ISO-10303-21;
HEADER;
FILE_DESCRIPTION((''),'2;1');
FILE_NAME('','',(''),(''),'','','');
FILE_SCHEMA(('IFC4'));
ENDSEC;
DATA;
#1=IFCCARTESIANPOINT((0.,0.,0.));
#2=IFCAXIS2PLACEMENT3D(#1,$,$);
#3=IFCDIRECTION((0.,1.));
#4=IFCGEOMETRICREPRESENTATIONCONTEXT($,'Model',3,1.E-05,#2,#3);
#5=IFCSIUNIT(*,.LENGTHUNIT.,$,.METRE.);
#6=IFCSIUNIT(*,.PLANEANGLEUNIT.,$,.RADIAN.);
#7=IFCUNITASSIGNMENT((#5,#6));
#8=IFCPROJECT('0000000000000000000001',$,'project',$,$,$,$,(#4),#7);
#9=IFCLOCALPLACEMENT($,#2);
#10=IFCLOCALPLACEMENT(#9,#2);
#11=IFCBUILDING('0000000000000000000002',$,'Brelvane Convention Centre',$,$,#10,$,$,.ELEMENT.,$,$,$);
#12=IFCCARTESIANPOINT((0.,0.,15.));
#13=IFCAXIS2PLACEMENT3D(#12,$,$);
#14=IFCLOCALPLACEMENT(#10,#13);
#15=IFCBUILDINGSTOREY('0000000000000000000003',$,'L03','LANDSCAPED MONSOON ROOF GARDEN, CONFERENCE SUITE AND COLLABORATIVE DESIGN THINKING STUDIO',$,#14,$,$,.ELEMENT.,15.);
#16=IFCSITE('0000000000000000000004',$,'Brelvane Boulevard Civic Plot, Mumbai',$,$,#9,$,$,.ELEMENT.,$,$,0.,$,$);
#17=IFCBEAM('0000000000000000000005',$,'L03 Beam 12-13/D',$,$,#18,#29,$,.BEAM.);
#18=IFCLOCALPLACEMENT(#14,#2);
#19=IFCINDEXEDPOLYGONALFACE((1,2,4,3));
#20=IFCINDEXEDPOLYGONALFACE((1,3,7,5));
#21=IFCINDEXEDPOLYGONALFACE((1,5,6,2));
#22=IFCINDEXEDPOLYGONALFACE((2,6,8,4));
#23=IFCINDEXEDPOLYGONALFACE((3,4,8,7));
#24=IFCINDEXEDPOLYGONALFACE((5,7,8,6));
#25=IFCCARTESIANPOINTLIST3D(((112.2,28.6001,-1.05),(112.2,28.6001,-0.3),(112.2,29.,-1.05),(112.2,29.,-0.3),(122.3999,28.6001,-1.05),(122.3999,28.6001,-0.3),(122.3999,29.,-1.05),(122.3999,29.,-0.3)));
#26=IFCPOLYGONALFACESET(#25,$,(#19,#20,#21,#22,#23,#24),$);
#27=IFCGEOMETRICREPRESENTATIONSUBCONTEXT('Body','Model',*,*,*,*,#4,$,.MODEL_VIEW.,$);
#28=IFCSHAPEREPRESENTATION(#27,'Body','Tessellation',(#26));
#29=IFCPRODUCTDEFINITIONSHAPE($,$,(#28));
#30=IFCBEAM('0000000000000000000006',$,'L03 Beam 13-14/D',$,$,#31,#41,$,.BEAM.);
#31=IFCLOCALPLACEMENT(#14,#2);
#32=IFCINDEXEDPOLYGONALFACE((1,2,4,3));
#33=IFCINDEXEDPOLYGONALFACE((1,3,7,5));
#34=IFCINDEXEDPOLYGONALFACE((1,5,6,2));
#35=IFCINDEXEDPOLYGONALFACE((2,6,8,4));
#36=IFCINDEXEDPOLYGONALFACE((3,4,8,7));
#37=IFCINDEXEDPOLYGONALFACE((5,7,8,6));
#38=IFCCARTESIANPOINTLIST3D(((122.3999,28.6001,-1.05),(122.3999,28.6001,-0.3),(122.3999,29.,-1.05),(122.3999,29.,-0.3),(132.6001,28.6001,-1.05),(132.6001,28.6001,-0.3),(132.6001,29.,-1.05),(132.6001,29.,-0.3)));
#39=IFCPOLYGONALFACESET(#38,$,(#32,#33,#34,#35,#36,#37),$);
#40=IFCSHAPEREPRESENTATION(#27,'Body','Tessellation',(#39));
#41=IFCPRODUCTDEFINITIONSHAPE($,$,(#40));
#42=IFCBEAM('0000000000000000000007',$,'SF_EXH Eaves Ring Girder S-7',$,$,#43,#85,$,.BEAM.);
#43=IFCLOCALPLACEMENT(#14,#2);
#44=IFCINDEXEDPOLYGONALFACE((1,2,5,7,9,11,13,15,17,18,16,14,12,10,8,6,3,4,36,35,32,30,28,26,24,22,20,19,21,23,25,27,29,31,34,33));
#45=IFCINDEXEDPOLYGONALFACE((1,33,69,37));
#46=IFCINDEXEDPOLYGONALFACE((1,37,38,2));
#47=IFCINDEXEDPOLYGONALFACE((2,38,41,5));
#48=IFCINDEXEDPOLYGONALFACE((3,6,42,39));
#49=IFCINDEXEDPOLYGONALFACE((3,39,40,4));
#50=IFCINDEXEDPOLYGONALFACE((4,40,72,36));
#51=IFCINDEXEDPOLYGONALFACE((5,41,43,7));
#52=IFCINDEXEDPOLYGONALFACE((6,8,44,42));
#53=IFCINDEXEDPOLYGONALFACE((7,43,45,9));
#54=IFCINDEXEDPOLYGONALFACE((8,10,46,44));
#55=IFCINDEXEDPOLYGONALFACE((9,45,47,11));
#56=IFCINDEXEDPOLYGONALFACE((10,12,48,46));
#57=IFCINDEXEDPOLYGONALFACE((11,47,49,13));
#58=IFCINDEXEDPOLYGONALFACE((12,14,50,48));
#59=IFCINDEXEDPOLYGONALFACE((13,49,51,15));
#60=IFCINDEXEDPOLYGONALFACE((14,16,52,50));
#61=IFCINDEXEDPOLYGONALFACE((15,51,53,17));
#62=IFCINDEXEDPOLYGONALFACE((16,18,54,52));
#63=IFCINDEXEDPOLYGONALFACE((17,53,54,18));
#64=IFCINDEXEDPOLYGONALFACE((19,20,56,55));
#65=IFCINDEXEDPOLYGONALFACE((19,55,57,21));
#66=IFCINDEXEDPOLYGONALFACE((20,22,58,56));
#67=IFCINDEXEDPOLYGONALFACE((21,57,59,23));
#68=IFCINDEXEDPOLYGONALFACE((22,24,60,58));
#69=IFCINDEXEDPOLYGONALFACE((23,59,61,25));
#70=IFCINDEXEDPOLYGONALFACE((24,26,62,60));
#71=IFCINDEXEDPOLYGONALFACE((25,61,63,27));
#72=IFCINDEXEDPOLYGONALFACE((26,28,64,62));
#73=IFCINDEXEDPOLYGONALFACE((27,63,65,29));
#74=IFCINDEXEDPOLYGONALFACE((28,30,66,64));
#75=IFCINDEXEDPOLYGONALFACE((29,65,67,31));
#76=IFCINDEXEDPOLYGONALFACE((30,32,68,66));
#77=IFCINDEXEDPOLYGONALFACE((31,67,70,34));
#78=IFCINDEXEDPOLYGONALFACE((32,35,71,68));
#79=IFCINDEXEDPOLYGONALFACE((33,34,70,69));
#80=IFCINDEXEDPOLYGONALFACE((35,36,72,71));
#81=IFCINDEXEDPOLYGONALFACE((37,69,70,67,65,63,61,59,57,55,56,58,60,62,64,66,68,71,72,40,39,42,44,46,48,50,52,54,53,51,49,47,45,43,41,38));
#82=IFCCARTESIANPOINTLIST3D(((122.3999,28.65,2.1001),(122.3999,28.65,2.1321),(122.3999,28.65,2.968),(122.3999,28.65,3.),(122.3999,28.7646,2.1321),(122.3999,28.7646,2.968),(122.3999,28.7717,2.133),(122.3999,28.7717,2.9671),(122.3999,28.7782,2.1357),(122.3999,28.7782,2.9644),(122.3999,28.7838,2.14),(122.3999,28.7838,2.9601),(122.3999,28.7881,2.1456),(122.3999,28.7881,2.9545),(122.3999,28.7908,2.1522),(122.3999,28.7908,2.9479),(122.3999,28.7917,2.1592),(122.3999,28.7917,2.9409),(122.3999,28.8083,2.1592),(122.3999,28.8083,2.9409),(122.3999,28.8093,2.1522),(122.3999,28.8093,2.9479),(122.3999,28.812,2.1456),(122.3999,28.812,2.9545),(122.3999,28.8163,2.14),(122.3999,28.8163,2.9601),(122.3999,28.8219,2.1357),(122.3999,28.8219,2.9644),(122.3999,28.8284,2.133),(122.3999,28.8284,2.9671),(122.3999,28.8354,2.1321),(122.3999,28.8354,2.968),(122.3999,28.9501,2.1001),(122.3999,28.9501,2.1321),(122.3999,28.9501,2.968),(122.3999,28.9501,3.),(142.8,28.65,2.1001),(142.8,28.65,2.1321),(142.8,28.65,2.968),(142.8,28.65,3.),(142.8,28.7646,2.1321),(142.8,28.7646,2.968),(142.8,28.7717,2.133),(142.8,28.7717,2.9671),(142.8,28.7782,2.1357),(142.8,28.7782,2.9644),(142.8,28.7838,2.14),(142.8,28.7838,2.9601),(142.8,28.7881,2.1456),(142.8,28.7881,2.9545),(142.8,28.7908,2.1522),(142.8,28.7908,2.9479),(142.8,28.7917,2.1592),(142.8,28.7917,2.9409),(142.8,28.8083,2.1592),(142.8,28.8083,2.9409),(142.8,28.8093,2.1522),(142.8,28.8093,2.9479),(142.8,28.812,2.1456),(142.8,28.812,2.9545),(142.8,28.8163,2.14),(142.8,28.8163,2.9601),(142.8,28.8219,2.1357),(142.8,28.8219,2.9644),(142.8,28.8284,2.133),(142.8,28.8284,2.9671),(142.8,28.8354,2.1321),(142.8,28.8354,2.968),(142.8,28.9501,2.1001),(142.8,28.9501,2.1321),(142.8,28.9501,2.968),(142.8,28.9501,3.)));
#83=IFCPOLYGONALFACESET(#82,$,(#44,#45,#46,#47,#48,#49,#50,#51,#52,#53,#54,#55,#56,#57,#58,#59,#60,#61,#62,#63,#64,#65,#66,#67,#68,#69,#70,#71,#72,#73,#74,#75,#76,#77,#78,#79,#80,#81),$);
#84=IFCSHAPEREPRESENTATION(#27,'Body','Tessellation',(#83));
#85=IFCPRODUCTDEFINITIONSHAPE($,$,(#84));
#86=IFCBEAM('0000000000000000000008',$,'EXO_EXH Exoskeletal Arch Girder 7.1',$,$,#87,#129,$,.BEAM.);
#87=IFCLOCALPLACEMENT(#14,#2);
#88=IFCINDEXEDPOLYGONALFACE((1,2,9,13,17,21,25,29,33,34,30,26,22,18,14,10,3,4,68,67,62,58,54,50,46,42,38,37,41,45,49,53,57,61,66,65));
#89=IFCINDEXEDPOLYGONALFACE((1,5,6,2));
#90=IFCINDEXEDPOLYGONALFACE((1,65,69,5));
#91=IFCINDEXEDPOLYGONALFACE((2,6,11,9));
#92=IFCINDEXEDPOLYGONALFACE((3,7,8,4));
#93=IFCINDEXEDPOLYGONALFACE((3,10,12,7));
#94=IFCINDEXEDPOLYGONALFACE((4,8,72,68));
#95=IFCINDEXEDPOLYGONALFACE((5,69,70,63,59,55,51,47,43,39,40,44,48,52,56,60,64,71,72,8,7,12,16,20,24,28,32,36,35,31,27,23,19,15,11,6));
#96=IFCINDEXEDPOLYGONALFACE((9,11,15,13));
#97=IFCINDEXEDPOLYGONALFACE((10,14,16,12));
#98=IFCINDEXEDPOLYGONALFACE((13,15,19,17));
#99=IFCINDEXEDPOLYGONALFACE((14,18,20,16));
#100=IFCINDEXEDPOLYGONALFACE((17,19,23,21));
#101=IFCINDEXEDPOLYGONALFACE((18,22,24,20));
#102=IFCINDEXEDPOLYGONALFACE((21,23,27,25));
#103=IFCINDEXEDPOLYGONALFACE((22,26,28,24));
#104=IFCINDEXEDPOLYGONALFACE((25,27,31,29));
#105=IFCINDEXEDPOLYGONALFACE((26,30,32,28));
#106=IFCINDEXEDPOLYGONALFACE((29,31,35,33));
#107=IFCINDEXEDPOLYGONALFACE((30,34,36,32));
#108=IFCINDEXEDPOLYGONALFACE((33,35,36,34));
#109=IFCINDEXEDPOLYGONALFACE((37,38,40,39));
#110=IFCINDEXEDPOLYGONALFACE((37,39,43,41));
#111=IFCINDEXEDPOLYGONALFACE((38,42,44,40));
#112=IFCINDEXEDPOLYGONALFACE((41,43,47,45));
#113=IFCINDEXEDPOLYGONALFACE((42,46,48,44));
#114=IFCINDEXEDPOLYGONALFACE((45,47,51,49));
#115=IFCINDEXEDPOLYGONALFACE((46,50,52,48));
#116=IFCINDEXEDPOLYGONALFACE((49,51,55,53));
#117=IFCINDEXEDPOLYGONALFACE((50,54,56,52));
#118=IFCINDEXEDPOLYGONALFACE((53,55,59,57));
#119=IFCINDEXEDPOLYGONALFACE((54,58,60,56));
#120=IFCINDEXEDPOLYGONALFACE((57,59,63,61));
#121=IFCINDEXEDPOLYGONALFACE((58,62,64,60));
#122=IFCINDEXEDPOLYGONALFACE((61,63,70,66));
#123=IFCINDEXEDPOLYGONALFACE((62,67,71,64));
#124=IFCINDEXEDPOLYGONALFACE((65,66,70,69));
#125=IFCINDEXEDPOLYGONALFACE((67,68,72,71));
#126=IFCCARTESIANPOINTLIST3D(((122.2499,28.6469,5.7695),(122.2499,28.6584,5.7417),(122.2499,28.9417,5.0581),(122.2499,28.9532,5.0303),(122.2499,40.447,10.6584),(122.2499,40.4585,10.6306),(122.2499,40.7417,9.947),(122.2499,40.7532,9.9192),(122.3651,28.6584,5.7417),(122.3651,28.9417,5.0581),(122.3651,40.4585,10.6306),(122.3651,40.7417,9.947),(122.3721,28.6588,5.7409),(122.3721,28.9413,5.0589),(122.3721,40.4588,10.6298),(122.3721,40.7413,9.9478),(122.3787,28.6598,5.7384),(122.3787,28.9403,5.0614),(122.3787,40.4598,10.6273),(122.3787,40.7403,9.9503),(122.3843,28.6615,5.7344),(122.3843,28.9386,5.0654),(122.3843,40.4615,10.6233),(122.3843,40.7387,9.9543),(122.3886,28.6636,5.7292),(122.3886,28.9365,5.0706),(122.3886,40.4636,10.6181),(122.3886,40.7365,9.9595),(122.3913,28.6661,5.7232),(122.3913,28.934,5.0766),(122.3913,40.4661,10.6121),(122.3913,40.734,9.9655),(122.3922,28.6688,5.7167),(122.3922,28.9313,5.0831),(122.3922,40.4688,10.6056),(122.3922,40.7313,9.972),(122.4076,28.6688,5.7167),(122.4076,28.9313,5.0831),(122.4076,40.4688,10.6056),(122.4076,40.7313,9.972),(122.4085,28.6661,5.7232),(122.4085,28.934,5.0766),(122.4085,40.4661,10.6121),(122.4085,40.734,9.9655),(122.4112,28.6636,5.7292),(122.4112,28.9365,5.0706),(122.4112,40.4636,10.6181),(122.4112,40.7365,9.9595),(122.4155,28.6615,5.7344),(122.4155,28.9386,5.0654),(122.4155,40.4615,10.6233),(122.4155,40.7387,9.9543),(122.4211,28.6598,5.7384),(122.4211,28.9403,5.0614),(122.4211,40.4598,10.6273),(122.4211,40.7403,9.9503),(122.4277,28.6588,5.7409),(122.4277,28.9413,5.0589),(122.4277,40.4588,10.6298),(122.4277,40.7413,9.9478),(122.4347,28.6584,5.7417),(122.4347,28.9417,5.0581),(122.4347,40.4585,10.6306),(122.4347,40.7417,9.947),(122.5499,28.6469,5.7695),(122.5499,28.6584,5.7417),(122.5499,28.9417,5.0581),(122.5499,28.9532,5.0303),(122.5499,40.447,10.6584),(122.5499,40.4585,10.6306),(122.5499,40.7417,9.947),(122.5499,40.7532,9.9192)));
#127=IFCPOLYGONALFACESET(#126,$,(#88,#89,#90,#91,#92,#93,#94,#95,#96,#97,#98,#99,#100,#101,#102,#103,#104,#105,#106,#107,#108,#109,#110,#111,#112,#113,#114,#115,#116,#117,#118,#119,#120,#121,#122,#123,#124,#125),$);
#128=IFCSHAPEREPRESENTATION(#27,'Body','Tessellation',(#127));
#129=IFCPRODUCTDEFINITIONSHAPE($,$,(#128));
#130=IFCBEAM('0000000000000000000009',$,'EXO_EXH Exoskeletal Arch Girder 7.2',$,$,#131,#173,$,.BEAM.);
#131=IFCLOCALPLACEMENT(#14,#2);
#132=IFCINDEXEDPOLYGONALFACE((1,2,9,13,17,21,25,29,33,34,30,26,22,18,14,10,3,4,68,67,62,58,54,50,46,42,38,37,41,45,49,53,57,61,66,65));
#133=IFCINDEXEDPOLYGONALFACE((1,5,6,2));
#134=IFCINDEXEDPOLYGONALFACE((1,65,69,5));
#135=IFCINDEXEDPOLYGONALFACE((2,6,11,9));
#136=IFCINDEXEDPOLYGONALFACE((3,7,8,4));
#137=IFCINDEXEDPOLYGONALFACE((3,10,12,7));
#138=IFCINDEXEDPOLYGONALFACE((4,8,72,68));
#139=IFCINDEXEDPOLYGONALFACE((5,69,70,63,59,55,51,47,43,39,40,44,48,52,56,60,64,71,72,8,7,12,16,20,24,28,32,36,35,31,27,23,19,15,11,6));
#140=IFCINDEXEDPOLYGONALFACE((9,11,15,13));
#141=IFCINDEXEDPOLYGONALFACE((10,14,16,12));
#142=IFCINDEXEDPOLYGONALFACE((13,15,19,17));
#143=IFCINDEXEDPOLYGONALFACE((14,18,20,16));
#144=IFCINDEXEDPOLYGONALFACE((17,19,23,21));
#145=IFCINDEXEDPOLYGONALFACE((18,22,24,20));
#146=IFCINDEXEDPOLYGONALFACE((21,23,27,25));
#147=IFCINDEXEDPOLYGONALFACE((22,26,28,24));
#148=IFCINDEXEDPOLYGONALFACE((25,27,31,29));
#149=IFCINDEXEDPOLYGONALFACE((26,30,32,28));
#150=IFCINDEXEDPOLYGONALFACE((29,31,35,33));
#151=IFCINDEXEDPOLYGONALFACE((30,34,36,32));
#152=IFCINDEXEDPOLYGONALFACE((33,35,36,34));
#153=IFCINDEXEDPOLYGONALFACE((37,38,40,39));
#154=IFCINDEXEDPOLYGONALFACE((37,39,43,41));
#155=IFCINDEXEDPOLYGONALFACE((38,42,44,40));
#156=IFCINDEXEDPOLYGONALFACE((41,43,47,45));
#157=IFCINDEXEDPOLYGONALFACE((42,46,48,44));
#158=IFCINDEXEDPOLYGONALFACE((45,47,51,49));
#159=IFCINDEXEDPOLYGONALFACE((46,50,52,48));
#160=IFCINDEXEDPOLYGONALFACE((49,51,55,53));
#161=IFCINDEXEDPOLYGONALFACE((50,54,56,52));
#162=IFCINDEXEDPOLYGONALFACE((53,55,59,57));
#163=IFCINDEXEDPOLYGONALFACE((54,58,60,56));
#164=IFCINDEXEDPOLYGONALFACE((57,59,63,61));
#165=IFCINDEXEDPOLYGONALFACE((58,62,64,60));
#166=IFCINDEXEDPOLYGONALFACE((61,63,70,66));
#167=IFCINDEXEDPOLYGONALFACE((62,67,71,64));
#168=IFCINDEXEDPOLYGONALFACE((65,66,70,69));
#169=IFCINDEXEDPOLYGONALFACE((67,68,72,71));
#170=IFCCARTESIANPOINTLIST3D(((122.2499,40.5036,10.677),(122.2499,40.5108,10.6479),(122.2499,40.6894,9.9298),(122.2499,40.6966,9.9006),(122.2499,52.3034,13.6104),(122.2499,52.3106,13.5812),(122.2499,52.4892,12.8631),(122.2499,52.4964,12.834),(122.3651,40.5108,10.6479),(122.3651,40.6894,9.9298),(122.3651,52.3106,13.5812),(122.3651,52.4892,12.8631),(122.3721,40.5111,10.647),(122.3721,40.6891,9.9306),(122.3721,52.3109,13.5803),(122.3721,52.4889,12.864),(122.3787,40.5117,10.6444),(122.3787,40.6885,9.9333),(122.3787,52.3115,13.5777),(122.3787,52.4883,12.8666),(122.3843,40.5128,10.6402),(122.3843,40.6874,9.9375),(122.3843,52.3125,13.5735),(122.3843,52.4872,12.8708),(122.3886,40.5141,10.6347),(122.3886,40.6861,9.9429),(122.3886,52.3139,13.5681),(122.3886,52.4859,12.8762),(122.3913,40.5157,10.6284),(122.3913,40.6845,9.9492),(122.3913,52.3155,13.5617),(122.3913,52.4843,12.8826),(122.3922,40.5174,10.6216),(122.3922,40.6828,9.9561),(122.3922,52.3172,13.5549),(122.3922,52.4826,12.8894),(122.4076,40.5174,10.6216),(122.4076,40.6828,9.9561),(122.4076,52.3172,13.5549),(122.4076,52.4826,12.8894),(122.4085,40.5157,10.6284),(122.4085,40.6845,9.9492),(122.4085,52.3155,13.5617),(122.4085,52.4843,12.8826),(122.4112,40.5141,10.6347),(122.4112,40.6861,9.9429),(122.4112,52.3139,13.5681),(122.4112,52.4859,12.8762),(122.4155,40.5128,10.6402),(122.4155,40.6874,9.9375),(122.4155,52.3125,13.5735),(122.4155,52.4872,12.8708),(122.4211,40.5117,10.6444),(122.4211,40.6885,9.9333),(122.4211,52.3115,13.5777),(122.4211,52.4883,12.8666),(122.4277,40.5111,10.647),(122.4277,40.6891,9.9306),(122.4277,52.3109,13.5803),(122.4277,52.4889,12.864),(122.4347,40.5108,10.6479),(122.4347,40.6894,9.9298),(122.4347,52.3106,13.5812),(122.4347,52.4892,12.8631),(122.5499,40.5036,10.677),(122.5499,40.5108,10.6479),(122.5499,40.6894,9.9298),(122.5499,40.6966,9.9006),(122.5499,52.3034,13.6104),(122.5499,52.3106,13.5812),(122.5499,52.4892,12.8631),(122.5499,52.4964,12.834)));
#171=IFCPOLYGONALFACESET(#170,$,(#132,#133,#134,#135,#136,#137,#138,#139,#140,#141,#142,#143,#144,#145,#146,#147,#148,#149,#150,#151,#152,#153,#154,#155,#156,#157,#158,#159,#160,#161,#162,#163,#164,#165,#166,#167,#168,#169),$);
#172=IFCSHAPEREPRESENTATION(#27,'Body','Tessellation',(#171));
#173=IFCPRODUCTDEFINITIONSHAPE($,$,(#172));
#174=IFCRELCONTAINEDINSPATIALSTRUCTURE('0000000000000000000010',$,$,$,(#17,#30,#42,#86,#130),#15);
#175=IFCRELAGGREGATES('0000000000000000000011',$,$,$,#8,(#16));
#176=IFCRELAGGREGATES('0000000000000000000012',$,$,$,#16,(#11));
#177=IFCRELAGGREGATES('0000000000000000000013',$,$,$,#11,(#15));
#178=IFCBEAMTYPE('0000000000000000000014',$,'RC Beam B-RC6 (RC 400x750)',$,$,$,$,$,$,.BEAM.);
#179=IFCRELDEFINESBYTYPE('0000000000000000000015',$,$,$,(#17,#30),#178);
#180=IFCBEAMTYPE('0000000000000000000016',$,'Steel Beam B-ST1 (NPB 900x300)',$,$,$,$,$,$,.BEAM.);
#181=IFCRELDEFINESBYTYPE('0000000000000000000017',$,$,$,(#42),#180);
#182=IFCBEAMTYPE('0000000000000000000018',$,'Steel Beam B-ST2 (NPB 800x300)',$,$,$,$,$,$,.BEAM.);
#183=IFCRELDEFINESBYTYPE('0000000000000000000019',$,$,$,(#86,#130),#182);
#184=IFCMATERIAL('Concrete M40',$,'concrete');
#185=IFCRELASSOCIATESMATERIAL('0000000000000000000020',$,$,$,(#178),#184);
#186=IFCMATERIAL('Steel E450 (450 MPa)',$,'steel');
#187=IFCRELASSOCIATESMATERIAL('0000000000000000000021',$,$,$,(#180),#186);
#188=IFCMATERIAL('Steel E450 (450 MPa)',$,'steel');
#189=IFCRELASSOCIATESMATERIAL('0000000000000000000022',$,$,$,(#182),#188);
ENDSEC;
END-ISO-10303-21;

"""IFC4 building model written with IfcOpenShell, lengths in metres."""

from ifc_helpers import new_model, si_unit, direction, frame, origin, origin_2d, place, context, subcontext, project, spatial, rectangle, i_section, extrude, material, material_profile, profile_set, type_object, element, save


model = new_model("IFC4")

# Units and contexts
model_context = context("Model", 3, precision=1e-05, world=origin(), true_north=direction((0.0, 1.0)))
body_context = subcontext(model_context, "Body", "Model", "MODEL_VIEW")
ifc_project = project(units=[si_unit("LENGTHUNIT", "METRE"), si_unit("PLANEANGLEUNIT", "RADIAN")], contexts=[model_context])

# Site, building, storey
site_placement = place(None, origin())
site = spatial("IfcSite", under=ifc_project, at=site_placement, Name="Brelvane Boulevard Civic Plot, Mumbai", CompositionType="ELEMENT", RefElevation=0.0)
building_placement = place(site_placement, origin())
building = spatial("IfcBuilding", under=site, at=building_placement, Name="Brelvane Convention Centre", CompositionType="ELEMENT")
storey_placement = place(building_placement, frame((0.0, 0.0, 15.0)))
storey = spatial("IfcBuildingStorey", under=building, at=storey_placement, Name="L03", Description="LANDSCAPED MONSOON ROOF GARDEN, CONFERENCE SUITE AND COLLABORATIVE DESIGN THINKING STUDIO", CompositionType="ELEMENT", Elevation=15.0)

# Beams
ifc_material_1 = material(Name="Concrete M40", Category="concrete")
ifc_material_profile_1 = material_profile(ifc_material_1, rectangle(XDim=0.3999, YDim=0.75, at=origin_2d()), Name="RC 400x750")
ifc_profile_set_1 = profile_set([ifc_material_profile_1], Name="Concrete M40")
beam_type_1 = type_object("IfcBeamType", Name="RC Beam B-RC6 (RC 400x750)", PredefinedType="BEAM", material=ifc_profile_set_1)
beam_1_placement = place(storey_placement, frame((112.2, 28.8, -0.675), z_axis=(1.0, 0.0, 0.0), x_axis=(0.0, 1.0, 0.0)))
element("IfcBeam", 1, at=beam_1_placement, inside=storey, type_object=beam_type_1, Name="L03 Beam 12-13/D", PredefinedType="BEAM", context=body_context, shape_type="SweptSolid", body=[
    extrude(rectangle(XDim=0.3999, YDim=0.75, at=origin_2d()), origin(), (0.0, 0.0, 1.0), 10.2),
])
beam_2_placement = place(storey_placement, frame((122.3999, 28.8, -0.675), z_axis=(1.0, 0.0, 0.0), x_axis=(0.0, 1.0, 0.0)))
element("IfcBeam", 2, at=beam_2_placement, inside=storey, type_object=beam_type_1, Name="L03 Beam 13-14/D", PredefinedType="BEAM", context=body_context, shape_type="SweptSolid", body=[
    extrude(rectangle(XDim=0.3999, YDim=0.75, at=origin_2d()), origin(), (0.0, 0.0, 1.0), 10.2002),
])
ifc_material_2 = material(Name="Steel E450 (450 MPa)", Category="steel")
ifc_material_profile_2 = material_profile(ifc_material_2, i_section(OverallWidth=0.3, OverallDepth=0.8999, WebThickness=0.0166, FlangeThickness=0.032, FilletRadius=0.0271, at=origin_2d()), Name="NPB 900x300")
ifc_profile_set_2 = profile_set([ifc_material_profile_2], Name="Steel E450 (450 MPa)")
beam_type_2 = type_object("IfcBeamType", Name="Steel Beam B-ST1 (NPB 900x300)", PredefinedType="BEAM", material=ifc_profile_set_2)
beam_3_placement = place(storey_placement, frame((122.3999, 28.8, 2.55), z_axis=(1.0, 0.0, 0.0), x_axis=(0.0, 1.0, 0.0)))
element("IfcBeam", 3, at=beam_3_placement, inside=storey, type_object=beam_type_2, Name="SF_EXH Eaves Ring Girder S-7", PredefinedType="BEAM", context=body_context, shape_type="SweptSolid", body=[
    extrude(i_section(OverallWidth=0.3, OverallDepth=0.8999, WebThickness=0.0166, FlangeThickness=0.032, FilletRadius=0.0271, at=origin_2d()), origin(), (0.0, 0.0, 1.0), 20.4001),
])
ifc_material_3 = material(Name="Steel E450 (450 MPa)", Category="steel")
ifc_material_profile_3 = material_profile(ifc_material_3, i_section(OverallWidth=0.3, OverallDepth=0.8, WebThickness=0.0154, FlangeThickness=0.03, FilletRadius=0.0271, at=origin_2d()), Name="NPB 800x300")
ifc_profile_set_3 = profile_set([ifc_material_profile_3], Name="Steel E450 (450 MPa)")
beam_type_3 = type_object("IfcBeamType", Name="Steel Beam B-ST2 (NPB 800x300)", PredefinedType="BEAM", material=ifc_profile_set_3)
beam_4_placement = place(storey_placement, frame((122.3999, 28.8, 5.3999), z_axis=(0.0, 0.923847, 0.382762), x_axis=(-1.0, 0.0, 0.0)))
element("IfcBeam", 4, at=beam_4_placement, inside=storey, type_object=beam_type_3, Name="EXO_EXH Exoskeletal Arch Girder 7.1", PredefinedType="BEAM", context=body_context, shape_type="SweptSolid", body=[
    extrude(i_section(OverallWidth=0.3, OverallDepth=0.8, WebThickness=0.0154, FlangeThickness=0.03, FilletRadius=0.0271, at=origin_2d()), origin(), (0.0, 0.0, 1.0), 12.7727),
])
beam_5_placement = place(storey_placement, frame((122.3999, 40.6001, 10.2888), z_axis=(0.0, 0.970463, 0.24125), x_axis=(-1.0, 0.0, 0.0)))
element("IfcBeam", 5, at=beam_5_placement, inside=storey, type_object=beam_type_3, Name="EXO_EXH Exoskeletal Arch Girder 7.2", PredefinedType="BEAM", context=body_context, shape_type="SweptSolid", body=[
    extrude(i_section(OverallWidth=0.3, OverallDepth=0.8, WebThickness=0.0154, FlangeThickness=0.03, FilletRadius=0.0271, at=origin_2d()), origin(), (0.0, 0.0, 1.0), 12.1589),
])

save(model, "model.ifc")
